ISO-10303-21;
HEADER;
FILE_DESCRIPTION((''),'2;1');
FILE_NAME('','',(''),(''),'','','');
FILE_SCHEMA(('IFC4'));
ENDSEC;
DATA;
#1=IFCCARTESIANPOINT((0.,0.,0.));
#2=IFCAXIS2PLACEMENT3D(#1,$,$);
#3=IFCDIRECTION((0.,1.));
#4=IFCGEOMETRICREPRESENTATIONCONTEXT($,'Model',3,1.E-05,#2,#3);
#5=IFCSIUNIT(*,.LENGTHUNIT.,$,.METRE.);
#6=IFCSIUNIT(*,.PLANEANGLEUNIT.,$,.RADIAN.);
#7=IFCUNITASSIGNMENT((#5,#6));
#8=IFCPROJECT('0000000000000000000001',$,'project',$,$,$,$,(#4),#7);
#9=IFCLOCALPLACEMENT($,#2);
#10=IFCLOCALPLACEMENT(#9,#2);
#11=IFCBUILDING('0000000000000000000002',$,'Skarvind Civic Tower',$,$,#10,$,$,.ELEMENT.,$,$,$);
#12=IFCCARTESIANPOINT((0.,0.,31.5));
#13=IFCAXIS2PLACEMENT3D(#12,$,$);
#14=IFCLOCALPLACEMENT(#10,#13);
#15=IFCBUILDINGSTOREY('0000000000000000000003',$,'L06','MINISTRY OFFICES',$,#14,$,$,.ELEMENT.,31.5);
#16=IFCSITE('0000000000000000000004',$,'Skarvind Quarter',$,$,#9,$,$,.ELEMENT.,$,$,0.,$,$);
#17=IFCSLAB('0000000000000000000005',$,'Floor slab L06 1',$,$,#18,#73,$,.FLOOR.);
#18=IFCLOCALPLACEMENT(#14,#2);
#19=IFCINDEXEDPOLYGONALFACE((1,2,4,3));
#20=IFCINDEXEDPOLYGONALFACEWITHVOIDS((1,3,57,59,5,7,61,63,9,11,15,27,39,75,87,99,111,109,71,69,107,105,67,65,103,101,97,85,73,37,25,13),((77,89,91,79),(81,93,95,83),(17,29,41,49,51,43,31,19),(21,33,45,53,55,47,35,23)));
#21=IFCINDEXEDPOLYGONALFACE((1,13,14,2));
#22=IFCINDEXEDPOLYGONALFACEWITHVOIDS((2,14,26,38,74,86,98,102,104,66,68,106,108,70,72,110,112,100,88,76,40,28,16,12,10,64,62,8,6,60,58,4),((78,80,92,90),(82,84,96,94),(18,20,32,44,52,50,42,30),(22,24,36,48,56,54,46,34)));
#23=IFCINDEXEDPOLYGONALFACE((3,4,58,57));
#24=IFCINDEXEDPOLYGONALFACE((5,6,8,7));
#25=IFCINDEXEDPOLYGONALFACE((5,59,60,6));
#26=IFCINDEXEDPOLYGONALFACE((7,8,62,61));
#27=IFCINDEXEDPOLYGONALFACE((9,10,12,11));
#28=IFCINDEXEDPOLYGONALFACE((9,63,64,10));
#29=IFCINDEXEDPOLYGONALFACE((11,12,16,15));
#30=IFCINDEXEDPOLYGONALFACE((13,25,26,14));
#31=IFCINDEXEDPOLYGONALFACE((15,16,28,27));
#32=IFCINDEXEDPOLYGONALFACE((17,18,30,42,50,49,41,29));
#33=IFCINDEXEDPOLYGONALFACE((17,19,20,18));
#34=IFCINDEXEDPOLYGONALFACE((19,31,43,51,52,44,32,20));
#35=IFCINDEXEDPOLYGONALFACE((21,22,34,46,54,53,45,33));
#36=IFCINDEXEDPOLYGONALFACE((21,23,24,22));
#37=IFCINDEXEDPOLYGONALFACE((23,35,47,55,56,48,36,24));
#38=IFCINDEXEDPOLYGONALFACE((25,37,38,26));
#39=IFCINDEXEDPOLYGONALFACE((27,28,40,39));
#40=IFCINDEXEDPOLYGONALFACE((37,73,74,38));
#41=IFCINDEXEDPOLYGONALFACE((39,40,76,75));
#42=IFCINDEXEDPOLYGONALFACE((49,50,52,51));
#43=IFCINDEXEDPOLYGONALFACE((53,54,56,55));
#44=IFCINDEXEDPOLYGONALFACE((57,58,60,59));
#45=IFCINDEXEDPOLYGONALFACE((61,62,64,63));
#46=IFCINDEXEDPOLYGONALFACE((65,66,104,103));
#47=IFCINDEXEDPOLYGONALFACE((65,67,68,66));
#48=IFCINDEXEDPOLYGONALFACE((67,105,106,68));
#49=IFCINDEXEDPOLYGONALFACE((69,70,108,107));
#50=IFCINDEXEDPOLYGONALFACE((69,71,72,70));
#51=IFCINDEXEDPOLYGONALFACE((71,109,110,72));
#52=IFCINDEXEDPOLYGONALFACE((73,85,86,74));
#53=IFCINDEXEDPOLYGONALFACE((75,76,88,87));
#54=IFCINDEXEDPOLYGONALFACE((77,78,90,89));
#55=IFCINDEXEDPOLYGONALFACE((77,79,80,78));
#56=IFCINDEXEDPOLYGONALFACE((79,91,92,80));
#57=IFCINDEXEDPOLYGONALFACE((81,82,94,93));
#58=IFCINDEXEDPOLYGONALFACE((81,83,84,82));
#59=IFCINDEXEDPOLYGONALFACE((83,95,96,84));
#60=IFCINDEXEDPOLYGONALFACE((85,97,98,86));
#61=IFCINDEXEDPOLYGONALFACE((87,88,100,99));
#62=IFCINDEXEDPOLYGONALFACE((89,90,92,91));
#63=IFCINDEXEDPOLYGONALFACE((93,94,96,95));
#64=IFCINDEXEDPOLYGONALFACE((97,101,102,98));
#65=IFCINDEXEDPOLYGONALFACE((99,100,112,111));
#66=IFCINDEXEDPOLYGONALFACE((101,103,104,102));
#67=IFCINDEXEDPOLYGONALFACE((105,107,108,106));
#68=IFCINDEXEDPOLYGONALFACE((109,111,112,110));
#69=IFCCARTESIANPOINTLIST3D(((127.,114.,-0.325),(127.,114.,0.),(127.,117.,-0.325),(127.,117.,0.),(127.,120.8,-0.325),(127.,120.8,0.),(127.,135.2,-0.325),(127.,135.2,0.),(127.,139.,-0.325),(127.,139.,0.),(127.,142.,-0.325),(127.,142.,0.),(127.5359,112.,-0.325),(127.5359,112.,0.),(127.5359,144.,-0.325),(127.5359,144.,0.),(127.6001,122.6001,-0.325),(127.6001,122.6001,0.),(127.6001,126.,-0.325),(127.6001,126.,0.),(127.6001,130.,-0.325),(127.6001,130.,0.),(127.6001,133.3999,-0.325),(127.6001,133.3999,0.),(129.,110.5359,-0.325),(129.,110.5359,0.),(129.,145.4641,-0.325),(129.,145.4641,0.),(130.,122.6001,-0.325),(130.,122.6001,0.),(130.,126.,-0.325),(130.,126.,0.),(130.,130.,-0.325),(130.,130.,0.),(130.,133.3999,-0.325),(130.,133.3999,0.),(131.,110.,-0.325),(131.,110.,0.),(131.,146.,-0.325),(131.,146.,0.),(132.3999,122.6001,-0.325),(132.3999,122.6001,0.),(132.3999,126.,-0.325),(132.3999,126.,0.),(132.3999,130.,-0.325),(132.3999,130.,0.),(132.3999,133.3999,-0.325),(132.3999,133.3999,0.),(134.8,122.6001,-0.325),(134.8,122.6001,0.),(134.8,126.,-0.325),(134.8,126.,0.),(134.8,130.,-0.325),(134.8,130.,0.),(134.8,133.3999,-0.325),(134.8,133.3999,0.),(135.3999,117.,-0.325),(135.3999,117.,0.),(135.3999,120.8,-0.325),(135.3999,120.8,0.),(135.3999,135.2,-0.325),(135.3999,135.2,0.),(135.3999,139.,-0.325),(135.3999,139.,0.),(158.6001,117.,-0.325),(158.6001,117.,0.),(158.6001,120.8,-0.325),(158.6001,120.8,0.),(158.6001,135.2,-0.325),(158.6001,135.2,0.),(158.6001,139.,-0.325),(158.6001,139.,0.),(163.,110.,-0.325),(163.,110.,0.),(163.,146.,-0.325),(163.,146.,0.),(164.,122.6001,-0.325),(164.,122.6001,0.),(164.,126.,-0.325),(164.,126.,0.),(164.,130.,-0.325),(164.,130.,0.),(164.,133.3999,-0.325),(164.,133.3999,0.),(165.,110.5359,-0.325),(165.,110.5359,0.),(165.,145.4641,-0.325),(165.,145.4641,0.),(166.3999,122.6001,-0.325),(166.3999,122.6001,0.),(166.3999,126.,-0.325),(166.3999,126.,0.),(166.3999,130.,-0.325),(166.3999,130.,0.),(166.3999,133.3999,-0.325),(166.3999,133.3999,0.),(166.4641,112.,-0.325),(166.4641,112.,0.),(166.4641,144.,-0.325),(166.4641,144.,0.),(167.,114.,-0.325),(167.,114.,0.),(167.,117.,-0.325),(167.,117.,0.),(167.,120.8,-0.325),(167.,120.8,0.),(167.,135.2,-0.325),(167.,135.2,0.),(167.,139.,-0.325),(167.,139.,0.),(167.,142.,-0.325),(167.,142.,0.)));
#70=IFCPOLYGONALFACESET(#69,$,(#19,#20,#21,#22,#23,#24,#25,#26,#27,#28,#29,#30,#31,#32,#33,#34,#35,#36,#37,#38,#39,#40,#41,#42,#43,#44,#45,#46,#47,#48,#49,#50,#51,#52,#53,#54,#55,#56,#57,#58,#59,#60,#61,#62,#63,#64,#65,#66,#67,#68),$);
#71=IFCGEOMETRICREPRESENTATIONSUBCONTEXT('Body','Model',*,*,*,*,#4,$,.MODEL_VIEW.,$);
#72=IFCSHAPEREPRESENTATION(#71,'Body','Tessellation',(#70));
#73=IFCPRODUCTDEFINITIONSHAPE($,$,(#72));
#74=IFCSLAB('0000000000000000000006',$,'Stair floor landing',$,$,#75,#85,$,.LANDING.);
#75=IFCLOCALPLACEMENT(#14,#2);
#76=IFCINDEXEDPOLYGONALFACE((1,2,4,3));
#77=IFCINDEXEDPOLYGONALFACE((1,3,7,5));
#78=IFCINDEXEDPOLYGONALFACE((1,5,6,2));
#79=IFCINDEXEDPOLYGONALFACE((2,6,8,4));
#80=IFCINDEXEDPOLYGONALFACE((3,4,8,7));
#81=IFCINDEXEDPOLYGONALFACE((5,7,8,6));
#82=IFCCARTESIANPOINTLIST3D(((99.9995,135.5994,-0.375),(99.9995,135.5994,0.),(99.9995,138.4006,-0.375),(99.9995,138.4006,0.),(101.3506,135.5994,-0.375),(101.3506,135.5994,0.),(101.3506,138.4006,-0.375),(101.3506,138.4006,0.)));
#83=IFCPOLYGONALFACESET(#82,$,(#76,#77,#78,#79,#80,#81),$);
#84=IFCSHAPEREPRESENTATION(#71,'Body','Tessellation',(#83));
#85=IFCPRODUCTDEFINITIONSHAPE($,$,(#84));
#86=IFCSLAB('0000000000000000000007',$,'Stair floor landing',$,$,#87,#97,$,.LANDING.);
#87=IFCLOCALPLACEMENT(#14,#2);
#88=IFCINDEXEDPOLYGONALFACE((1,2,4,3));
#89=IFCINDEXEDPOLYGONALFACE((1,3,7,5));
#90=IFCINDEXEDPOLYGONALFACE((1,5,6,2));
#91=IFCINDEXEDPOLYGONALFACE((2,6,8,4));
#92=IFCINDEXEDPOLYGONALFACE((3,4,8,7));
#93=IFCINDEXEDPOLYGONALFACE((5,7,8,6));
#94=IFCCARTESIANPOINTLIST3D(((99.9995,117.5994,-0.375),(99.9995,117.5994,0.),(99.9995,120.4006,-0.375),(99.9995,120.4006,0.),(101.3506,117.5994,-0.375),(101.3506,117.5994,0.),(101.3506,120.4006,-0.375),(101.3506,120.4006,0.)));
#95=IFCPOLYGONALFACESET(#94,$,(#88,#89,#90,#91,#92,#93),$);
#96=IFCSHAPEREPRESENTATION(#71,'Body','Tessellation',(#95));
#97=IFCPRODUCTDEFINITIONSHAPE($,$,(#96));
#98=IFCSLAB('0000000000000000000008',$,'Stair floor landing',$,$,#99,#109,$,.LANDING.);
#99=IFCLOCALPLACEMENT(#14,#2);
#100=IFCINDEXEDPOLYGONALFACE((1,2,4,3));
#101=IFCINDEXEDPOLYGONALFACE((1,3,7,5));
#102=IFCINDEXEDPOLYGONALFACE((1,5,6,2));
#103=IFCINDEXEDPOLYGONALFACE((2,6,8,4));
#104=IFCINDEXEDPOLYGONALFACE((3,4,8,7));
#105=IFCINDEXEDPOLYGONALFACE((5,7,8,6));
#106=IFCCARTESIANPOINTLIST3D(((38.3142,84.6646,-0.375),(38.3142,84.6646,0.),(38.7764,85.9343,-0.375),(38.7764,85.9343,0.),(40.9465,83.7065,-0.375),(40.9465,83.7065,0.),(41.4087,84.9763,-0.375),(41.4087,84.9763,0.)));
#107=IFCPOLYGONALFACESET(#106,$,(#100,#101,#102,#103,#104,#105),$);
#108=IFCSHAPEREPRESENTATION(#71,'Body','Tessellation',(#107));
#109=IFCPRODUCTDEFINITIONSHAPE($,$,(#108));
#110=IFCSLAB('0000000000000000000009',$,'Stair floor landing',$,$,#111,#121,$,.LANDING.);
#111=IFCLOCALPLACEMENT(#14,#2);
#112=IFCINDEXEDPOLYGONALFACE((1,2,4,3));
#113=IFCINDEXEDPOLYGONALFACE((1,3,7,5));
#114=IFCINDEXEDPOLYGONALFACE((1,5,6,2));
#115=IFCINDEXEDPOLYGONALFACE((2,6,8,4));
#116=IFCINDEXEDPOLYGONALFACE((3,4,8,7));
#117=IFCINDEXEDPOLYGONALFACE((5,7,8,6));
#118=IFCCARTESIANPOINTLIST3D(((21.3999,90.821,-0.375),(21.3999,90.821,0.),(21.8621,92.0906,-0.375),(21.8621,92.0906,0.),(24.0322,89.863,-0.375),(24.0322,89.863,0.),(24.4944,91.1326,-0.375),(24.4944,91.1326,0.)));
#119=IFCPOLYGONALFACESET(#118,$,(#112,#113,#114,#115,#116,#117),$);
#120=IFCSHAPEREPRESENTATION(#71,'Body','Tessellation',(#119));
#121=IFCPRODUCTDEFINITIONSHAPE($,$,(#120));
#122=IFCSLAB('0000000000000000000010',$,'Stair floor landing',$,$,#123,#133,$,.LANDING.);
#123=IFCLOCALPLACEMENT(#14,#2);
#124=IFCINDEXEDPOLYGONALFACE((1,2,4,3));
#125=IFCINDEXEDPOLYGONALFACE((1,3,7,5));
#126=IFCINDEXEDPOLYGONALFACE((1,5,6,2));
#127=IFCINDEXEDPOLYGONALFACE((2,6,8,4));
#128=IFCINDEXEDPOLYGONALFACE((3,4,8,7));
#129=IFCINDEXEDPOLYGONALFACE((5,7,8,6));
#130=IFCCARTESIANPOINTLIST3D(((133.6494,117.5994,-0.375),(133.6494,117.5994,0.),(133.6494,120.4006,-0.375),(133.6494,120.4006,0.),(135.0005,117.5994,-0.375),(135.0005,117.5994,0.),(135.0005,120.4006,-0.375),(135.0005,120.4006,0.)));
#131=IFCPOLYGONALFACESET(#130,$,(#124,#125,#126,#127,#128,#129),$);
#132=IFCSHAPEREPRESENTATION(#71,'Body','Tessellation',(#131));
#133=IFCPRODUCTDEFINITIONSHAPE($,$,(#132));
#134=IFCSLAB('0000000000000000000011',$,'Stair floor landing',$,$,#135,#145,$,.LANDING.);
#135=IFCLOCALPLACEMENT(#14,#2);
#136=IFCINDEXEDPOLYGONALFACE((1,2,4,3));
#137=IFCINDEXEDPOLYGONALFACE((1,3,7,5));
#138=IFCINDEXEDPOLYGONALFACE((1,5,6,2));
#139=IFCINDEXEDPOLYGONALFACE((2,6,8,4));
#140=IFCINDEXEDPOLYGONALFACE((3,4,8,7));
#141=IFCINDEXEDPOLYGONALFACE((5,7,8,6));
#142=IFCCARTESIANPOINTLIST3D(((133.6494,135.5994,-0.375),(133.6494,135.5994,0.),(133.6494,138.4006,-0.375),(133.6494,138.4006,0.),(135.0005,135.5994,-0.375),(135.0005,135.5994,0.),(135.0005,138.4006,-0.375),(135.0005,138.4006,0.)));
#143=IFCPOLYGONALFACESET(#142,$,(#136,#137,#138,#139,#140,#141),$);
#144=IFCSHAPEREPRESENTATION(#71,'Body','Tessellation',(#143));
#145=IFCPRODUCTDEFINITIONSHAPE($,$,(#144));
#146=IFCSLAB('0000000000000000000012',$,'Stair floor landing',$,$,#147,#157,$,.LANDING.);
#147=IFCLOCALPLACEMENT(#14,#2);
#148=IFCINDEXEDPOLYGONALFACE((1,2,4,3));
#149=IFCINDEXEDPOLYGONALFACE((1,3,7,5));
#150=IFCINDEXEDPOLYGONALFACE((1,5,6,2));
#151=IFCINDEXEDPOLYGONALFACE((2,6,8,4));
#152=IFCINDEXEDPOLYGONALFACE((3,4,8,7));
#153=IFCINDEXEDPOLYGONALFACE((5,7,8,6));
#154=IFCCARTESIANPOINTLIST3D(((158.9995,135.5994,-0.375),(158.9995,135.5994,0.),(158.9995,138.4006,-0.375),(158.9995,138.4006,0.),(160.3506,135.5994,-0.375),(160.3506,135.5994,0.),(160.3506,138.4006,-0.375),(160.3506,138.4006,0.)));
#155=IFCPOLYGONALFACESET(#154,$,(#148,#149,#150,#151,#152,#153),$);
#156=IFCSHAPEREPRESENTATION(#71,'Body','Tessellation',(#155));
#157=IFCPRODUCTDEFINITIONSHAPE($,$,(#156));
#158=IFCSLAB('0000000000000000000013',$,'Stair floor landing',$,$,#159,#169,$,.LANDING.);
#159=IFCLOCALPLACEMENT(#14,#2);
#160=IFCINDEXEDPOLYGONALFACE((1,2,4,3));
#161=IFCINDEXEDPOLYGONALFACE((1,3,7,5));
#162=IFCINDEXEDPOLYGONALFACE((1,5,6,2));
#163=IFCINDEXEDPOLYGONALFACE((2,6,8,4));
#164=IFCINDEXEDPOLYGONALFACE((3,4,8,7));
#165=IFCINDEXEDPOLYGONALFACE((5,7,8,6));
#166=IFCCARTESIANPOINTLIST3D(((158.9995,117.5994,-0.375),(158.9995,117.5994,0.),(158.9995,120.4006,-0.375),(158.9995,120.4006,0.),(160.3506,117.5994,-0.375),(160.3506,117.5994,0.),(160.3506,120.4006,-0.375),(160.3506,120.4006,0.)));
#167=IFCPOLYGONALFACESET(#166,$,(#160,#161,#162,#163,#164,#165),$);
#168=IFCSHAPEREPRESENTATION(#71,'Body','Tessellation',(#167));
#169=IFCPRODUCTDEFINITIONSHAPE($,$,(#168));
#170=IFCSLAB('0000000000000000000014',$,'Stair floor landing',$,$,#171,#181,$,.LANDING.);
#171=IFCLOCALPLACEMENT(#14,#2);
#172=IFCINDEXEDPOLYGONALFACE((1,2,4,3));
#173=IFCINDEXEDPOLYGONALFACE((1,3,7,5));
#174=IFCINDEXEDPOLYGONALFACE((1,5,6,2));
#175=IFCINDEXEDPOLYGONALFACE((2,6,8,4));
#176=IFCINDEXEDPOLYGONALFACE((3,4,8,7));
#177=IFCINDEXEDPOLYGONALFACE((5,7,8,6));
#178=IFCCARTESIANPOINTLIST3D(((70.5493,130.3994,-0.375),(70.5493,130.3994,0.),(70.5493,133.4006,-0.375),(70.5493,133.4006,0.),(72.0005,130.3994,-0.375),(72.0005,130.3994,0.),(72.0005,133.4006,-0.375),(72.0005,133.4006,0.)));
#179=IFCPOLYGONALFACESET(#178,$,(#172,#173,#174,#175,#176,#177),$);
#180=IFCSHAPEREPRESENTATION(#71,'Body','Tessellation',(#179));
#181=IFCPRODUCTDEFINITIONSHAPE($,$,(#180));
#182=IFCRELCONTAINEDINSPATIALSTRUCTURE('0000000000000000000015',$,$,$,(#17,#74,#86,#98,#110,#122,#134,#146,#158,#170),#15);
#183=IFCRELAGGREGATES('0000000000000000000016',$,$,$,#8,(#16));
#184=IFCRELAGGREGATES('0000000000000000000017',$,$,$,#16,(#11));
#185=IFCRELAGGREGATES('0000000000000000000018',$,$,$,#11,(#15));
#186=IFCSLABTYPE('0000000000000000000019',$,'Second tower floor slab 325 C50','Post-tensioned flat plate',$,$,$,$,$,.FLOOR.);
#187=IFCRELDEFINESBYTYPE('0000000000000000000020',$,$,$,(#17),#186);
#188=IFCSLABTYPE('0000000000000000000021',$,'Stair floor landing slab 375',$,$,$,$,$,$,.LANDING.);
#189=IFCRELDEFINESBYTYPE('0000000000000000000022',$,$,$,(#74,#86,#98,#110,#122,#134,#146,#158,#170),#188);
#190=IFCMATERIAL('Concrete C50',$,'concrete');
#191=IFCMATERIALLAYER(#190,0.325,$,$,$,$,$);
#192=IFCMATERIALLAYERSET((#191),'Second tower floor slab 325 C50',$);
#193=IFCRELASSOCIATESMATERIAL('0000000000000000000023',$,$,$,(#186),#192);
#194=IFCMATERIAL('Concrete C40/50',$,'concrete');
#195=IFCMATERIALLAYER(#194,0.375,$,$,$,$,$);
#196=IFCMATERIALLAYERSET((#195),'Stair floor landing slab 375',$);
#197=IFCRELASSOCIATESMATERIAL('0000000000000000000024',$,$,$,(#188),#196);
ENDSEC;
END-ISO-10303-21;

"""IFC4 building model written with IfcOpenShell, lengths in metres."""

from ifc_helpers import new_model, si_unit, direction, frame, origin, place, context, subcontext, project, spatial, polyline, outline, extrude, material, layer, layer_set, type_object, element, save


model = new_model("IFC4")

# Units and contexts
model_context = context("Model", 3, precision=1e-05, world=origin(), true_north=direction((0.0, 1.0)))
body_context = subcontext(model_context, "Body", "Model", "MODEL_VIEW")
ifc_project = project(units=[si_unit("LENGTHUNIT", "METRE"), si_unit("PLANEANGLEUNIT", "RADIAN")], contexts=[model_context])

# Site, building, storey
site_placement = place(None, origin())
site = spatial("IfcSite", under=ifc_project, at=site_placement, Name="Skarvind Quarter", CompositionType="ELEMENT", RefElevation=0.0)
building_placement = place(site_placement, origin())
building = spatial("IfcBuilding", under=site, at=building_placement, Name="Skarvind Civic Tower", CompositionType="ELEMENT")
storey_placement = place(building_placement, frame((0.0, 0.0, 31.5)))
storey = spatial("IfcBuildingStorey", under=building, at=storey_placement, Name="L06", Description="MINISTRY OFFICES", CompositionType="ELEMENT", Elevation=31.5)

# Slabs
ifc_material_1 = material(Name="Concrete C50", Category="concrete")
ifc_layer_1 = layer(ifc_material_1, 0.325)
ifc_layer_set_1 = layer_set([ifc_layer_1], Name="Second tower floor slab 325 C50")
slab_type_1 = type_object("IfcSlabType", Name="Second tower floor slab 325 C50", Description="Post-tensioned flat plate", PredefinedType="FLOOR", material=ifc_layer_set_1)
slab_1_placement = place(storey_placement, frame((0.0, 0.0, -0.325)))
element("IfcSlab", 1, at=slab_1_placement, inside=storey, type_object=slab_type_1, Name="Floor slab L06 1", PredefinedType="FLOOR", context=body_context, shape_type="SweptSolid", body=[
    extrude(outline(polyline([(127.0, 139.0), (135.3999, 139.0), (135.3999, 135.2), (127.0, 135.2), (127.0, 120.8), (135.3999, 120.8), (135.3999, 117.0), (127.0, 117.0), (127.0, 114.0), (127.5359, 112.0), (129.0, 110.5359), (131.0, 110.0), (163.0, 110.0), (165.0, 110.5359), (166.4641, 112.0), (167.0, 114.0), (167.0, 117.0), (158.6001, 117.0), (158.6001, 120.8), (167.0, 120.8), (167.0, 135.2), (158.6001, 135.2), (158.6001, 139.0), (167.0, 139.0), (167.0, 142.0), (166.4641, 144.0), (165.0, 145.4641), (163.0, 146.0), (131.0, 146.0), (129.0, 145.4641), (127.5359, 144.0), (127.0, 142.0), (127.0, 139.0)]), holes=[polyline([(132.3999, 126.0), (134.8, 126.0), (134.8, 122.6001), (132.3999, 122.6001), (130.0, 122.6001), (127.6001, 122.6001), (127.6001, 126.0), (130.0, 126.0), (132.3999, 126.0)]), polyline([(130.0, 133.3999), (132.3999, 133.3999), (134.8, 133.3999), (134.8, 130.0), (132.3999, 130.0), (130.0, 130.0), (127.6001, 130.0), (127.6001, 133.3999), (130.0, 133.3999)]), polyline([(166.3999, 126.0), (166.3999, 122.6001), (164.0, 122.6001), (164.0, 126.0), (166.3999, 126.0)]), polyline([(166.3999, 133.3999), (166.3999, 130.0), (164.0, 130.0), (164.0, 133.3999), (166.3999, 133.3999)])]), origin(), (0.0, 0.0, 1.0), 0.325),
])
ifc_material_2 = material(Name="Concrete C40/50", Category="concrete")
ifc_layer_2 = layer(ifc_material_2, 0.375)
ifc_layer_set_2 = layer_set([ifc_layer_2], Name="Stair floor landing slab 375")
slab_type_2 = type_object("IfcSlabType", Name="Stair floor landing slab 375", PredefinedType="LANDING", material=ifc_layer_set_2)
slab_2_placement = place(storey_placement, frame((0.0, 0.0, -0.375)))
element("IfcSlab", 2, at=slab_2_placement, inside=storey, type_object=slab_type_2, Name="Stair floor landing", PredefinedType="LANDING", context=body_context, shape_type="SweptSolid", body=[
    extrude(outline(polyline([(101.3506, 138.4006), (101.3506, 135.5994), (99.9995, 135.5994), (99.9995, 138.4006), (101.3506, 138.4006)])), origin(), (0.0, 0.0, 1.0), 0.375),
])
slab_3_placement = place(storey_placement, frame((0.0, 0.0, -0.375)))
element("IfcSlab", 3, at=slab_3_placement, inside=storey, type_object=slab_type_2, Name="Stair floor landing", PredefinedType="LANDING", context=body_context, shape_type="SweptSolid", body=[
    extrude(outline(polyline([(101.3506, 120.4006), (101.3506, 117.5994), (99.9995, 117.5994), (99.9995, 120.4006), (101.3506, 120.4006)])), origin(), (0.0, 0.0, 1.0), 0.375),
])
slab_4_placement = place(storey_placement, frame((0.0, 0.0, -0.375)))
element("IfcSlab", 4, at=slab_4_placement, inside=storey, type_object=slab_type_2, Name="Stair floor landing", PredefinedType="LANDING", context=body_context, shape_type="SweptSolid", body=[
    extrude(outline(polyline([(40.9465, 83.7065), (38.3142, 84.6646), (38.7764, 85.9343), (41.4087, 84.9763), (40.9465, 83.7065)])), origin(), (0.0, 0.0, 1.0), 0.375),
])
slab_5_placement = place(storey_placement, frame((0.0, 0.0, -0.375)))
element("IfcSlab", 5, at=slab_5_placement, inside=storey, type_object=slab_type_2, Name="Stair floor landing", PredefinedType="LANDING", context=body_context, shape_type="SweptSolid", body=[
    extrude(outline(polyline([(24.0322, 89.863), (21.3999, 90.821), (21.8621, 92.0906), (24.4944, 91.1326), (24.0322, 89.863)])), origin(), (0.0, 0.0, 1.0), 0.375),
])
slab_6_placement = place(storey_placement, frame((0.0, 0.0, -0.375)))
element("IfcSlab", 6, at=slab_6_placement, inside=storey, type_object=slab_type_2, Name="Stair floor landing", PredefinedType="LANDING", context=body_context, shape_type="SweptSolid", body=[
    extrude(outline(polyline([(133.6494, 117.5994), (133.6494, 120.4006), (135.0005, 120.4006), (135.0005, 117.5994), (133.6494, 117.5994)])), origin(), (0.0, 0.0, 1.0), 0.375),
])
slab_7_placement = place(storey_placement, frame((0.0, 0.0, -0.375)))
element("IfcSlab", 7, at=slab_7_placement, inside=storey, type_object=slab_type_2, Name="Stair floor landing", PredefinedType="LANDING", context=body_context, shape_type="SweptSolid", body=[
    extrude(outline(polyline([(133.6494, 135.5994), (133.6494, 138.4006), (135.0005, 138.4006), (135.0005, 135.5994), (133.6494, 135.5994)])), origin(), (0.0, 0.0, 1.0), 0.375),
])
slab_8_placement = place(storey_placement, frame((0.0, 0.0, -0.375)))
element("IfcSlab", 8, at=slab_8_placement, inside=storey, type_object=slab_type_2, Name="Stair floor landing", PredefinedType="LANDING", context=body_context, shape_type="SweptSolid", body=[
    extrude(outline(polyline([(160.3506, 138.4006), (160.3506, 135.5994), (158.9995, 135.5994), (158.9995, 138.4006), (160.3506, 138.4006)])), origin(), (0.0, 0.0, 1.0), 0.375),
])
slab_9_placement = place(storey_placement, frame((0.0, 0.0, -0.375)))
element("IfcSlab", 9, at=slab_9_placement, inside=storey, type_object=slab_type_2, Name="Stair floor landing", PredefinedType="LANDING", context=body_context, shape_type="SweptSolid", body=[
    extrude(outline(polyline([(160.3506, 120.4006), (160.3506, 117.5994), (158.9995, 117.5994), (158.9995, 120.4006), (160.3506, 120.4006)])), origin(), (0.0, 0.0, 1.0), 0.375),
])
slab_10_placement = place(storey_placement, frame((0.0, 0.0, -0.375)))
element("IfcSlab", 10, at=slab_10_placement, inside=storey, type_object=slab_type_2, Name="Stair floor landing", PredefinedType="LANDING", context=body_context, shape_type="SweptSolid", body=[
    extrude(outline(polyline([(70.5493, 130.3994), (70.5493, 133.4006), (72.0005, 133.4006), (72.0005, 130.3994), (70.5493, 130.3994)])), origin(), (0.0, 0.0, 1.0), 0.375),
])

save(model, "model.ifc")
